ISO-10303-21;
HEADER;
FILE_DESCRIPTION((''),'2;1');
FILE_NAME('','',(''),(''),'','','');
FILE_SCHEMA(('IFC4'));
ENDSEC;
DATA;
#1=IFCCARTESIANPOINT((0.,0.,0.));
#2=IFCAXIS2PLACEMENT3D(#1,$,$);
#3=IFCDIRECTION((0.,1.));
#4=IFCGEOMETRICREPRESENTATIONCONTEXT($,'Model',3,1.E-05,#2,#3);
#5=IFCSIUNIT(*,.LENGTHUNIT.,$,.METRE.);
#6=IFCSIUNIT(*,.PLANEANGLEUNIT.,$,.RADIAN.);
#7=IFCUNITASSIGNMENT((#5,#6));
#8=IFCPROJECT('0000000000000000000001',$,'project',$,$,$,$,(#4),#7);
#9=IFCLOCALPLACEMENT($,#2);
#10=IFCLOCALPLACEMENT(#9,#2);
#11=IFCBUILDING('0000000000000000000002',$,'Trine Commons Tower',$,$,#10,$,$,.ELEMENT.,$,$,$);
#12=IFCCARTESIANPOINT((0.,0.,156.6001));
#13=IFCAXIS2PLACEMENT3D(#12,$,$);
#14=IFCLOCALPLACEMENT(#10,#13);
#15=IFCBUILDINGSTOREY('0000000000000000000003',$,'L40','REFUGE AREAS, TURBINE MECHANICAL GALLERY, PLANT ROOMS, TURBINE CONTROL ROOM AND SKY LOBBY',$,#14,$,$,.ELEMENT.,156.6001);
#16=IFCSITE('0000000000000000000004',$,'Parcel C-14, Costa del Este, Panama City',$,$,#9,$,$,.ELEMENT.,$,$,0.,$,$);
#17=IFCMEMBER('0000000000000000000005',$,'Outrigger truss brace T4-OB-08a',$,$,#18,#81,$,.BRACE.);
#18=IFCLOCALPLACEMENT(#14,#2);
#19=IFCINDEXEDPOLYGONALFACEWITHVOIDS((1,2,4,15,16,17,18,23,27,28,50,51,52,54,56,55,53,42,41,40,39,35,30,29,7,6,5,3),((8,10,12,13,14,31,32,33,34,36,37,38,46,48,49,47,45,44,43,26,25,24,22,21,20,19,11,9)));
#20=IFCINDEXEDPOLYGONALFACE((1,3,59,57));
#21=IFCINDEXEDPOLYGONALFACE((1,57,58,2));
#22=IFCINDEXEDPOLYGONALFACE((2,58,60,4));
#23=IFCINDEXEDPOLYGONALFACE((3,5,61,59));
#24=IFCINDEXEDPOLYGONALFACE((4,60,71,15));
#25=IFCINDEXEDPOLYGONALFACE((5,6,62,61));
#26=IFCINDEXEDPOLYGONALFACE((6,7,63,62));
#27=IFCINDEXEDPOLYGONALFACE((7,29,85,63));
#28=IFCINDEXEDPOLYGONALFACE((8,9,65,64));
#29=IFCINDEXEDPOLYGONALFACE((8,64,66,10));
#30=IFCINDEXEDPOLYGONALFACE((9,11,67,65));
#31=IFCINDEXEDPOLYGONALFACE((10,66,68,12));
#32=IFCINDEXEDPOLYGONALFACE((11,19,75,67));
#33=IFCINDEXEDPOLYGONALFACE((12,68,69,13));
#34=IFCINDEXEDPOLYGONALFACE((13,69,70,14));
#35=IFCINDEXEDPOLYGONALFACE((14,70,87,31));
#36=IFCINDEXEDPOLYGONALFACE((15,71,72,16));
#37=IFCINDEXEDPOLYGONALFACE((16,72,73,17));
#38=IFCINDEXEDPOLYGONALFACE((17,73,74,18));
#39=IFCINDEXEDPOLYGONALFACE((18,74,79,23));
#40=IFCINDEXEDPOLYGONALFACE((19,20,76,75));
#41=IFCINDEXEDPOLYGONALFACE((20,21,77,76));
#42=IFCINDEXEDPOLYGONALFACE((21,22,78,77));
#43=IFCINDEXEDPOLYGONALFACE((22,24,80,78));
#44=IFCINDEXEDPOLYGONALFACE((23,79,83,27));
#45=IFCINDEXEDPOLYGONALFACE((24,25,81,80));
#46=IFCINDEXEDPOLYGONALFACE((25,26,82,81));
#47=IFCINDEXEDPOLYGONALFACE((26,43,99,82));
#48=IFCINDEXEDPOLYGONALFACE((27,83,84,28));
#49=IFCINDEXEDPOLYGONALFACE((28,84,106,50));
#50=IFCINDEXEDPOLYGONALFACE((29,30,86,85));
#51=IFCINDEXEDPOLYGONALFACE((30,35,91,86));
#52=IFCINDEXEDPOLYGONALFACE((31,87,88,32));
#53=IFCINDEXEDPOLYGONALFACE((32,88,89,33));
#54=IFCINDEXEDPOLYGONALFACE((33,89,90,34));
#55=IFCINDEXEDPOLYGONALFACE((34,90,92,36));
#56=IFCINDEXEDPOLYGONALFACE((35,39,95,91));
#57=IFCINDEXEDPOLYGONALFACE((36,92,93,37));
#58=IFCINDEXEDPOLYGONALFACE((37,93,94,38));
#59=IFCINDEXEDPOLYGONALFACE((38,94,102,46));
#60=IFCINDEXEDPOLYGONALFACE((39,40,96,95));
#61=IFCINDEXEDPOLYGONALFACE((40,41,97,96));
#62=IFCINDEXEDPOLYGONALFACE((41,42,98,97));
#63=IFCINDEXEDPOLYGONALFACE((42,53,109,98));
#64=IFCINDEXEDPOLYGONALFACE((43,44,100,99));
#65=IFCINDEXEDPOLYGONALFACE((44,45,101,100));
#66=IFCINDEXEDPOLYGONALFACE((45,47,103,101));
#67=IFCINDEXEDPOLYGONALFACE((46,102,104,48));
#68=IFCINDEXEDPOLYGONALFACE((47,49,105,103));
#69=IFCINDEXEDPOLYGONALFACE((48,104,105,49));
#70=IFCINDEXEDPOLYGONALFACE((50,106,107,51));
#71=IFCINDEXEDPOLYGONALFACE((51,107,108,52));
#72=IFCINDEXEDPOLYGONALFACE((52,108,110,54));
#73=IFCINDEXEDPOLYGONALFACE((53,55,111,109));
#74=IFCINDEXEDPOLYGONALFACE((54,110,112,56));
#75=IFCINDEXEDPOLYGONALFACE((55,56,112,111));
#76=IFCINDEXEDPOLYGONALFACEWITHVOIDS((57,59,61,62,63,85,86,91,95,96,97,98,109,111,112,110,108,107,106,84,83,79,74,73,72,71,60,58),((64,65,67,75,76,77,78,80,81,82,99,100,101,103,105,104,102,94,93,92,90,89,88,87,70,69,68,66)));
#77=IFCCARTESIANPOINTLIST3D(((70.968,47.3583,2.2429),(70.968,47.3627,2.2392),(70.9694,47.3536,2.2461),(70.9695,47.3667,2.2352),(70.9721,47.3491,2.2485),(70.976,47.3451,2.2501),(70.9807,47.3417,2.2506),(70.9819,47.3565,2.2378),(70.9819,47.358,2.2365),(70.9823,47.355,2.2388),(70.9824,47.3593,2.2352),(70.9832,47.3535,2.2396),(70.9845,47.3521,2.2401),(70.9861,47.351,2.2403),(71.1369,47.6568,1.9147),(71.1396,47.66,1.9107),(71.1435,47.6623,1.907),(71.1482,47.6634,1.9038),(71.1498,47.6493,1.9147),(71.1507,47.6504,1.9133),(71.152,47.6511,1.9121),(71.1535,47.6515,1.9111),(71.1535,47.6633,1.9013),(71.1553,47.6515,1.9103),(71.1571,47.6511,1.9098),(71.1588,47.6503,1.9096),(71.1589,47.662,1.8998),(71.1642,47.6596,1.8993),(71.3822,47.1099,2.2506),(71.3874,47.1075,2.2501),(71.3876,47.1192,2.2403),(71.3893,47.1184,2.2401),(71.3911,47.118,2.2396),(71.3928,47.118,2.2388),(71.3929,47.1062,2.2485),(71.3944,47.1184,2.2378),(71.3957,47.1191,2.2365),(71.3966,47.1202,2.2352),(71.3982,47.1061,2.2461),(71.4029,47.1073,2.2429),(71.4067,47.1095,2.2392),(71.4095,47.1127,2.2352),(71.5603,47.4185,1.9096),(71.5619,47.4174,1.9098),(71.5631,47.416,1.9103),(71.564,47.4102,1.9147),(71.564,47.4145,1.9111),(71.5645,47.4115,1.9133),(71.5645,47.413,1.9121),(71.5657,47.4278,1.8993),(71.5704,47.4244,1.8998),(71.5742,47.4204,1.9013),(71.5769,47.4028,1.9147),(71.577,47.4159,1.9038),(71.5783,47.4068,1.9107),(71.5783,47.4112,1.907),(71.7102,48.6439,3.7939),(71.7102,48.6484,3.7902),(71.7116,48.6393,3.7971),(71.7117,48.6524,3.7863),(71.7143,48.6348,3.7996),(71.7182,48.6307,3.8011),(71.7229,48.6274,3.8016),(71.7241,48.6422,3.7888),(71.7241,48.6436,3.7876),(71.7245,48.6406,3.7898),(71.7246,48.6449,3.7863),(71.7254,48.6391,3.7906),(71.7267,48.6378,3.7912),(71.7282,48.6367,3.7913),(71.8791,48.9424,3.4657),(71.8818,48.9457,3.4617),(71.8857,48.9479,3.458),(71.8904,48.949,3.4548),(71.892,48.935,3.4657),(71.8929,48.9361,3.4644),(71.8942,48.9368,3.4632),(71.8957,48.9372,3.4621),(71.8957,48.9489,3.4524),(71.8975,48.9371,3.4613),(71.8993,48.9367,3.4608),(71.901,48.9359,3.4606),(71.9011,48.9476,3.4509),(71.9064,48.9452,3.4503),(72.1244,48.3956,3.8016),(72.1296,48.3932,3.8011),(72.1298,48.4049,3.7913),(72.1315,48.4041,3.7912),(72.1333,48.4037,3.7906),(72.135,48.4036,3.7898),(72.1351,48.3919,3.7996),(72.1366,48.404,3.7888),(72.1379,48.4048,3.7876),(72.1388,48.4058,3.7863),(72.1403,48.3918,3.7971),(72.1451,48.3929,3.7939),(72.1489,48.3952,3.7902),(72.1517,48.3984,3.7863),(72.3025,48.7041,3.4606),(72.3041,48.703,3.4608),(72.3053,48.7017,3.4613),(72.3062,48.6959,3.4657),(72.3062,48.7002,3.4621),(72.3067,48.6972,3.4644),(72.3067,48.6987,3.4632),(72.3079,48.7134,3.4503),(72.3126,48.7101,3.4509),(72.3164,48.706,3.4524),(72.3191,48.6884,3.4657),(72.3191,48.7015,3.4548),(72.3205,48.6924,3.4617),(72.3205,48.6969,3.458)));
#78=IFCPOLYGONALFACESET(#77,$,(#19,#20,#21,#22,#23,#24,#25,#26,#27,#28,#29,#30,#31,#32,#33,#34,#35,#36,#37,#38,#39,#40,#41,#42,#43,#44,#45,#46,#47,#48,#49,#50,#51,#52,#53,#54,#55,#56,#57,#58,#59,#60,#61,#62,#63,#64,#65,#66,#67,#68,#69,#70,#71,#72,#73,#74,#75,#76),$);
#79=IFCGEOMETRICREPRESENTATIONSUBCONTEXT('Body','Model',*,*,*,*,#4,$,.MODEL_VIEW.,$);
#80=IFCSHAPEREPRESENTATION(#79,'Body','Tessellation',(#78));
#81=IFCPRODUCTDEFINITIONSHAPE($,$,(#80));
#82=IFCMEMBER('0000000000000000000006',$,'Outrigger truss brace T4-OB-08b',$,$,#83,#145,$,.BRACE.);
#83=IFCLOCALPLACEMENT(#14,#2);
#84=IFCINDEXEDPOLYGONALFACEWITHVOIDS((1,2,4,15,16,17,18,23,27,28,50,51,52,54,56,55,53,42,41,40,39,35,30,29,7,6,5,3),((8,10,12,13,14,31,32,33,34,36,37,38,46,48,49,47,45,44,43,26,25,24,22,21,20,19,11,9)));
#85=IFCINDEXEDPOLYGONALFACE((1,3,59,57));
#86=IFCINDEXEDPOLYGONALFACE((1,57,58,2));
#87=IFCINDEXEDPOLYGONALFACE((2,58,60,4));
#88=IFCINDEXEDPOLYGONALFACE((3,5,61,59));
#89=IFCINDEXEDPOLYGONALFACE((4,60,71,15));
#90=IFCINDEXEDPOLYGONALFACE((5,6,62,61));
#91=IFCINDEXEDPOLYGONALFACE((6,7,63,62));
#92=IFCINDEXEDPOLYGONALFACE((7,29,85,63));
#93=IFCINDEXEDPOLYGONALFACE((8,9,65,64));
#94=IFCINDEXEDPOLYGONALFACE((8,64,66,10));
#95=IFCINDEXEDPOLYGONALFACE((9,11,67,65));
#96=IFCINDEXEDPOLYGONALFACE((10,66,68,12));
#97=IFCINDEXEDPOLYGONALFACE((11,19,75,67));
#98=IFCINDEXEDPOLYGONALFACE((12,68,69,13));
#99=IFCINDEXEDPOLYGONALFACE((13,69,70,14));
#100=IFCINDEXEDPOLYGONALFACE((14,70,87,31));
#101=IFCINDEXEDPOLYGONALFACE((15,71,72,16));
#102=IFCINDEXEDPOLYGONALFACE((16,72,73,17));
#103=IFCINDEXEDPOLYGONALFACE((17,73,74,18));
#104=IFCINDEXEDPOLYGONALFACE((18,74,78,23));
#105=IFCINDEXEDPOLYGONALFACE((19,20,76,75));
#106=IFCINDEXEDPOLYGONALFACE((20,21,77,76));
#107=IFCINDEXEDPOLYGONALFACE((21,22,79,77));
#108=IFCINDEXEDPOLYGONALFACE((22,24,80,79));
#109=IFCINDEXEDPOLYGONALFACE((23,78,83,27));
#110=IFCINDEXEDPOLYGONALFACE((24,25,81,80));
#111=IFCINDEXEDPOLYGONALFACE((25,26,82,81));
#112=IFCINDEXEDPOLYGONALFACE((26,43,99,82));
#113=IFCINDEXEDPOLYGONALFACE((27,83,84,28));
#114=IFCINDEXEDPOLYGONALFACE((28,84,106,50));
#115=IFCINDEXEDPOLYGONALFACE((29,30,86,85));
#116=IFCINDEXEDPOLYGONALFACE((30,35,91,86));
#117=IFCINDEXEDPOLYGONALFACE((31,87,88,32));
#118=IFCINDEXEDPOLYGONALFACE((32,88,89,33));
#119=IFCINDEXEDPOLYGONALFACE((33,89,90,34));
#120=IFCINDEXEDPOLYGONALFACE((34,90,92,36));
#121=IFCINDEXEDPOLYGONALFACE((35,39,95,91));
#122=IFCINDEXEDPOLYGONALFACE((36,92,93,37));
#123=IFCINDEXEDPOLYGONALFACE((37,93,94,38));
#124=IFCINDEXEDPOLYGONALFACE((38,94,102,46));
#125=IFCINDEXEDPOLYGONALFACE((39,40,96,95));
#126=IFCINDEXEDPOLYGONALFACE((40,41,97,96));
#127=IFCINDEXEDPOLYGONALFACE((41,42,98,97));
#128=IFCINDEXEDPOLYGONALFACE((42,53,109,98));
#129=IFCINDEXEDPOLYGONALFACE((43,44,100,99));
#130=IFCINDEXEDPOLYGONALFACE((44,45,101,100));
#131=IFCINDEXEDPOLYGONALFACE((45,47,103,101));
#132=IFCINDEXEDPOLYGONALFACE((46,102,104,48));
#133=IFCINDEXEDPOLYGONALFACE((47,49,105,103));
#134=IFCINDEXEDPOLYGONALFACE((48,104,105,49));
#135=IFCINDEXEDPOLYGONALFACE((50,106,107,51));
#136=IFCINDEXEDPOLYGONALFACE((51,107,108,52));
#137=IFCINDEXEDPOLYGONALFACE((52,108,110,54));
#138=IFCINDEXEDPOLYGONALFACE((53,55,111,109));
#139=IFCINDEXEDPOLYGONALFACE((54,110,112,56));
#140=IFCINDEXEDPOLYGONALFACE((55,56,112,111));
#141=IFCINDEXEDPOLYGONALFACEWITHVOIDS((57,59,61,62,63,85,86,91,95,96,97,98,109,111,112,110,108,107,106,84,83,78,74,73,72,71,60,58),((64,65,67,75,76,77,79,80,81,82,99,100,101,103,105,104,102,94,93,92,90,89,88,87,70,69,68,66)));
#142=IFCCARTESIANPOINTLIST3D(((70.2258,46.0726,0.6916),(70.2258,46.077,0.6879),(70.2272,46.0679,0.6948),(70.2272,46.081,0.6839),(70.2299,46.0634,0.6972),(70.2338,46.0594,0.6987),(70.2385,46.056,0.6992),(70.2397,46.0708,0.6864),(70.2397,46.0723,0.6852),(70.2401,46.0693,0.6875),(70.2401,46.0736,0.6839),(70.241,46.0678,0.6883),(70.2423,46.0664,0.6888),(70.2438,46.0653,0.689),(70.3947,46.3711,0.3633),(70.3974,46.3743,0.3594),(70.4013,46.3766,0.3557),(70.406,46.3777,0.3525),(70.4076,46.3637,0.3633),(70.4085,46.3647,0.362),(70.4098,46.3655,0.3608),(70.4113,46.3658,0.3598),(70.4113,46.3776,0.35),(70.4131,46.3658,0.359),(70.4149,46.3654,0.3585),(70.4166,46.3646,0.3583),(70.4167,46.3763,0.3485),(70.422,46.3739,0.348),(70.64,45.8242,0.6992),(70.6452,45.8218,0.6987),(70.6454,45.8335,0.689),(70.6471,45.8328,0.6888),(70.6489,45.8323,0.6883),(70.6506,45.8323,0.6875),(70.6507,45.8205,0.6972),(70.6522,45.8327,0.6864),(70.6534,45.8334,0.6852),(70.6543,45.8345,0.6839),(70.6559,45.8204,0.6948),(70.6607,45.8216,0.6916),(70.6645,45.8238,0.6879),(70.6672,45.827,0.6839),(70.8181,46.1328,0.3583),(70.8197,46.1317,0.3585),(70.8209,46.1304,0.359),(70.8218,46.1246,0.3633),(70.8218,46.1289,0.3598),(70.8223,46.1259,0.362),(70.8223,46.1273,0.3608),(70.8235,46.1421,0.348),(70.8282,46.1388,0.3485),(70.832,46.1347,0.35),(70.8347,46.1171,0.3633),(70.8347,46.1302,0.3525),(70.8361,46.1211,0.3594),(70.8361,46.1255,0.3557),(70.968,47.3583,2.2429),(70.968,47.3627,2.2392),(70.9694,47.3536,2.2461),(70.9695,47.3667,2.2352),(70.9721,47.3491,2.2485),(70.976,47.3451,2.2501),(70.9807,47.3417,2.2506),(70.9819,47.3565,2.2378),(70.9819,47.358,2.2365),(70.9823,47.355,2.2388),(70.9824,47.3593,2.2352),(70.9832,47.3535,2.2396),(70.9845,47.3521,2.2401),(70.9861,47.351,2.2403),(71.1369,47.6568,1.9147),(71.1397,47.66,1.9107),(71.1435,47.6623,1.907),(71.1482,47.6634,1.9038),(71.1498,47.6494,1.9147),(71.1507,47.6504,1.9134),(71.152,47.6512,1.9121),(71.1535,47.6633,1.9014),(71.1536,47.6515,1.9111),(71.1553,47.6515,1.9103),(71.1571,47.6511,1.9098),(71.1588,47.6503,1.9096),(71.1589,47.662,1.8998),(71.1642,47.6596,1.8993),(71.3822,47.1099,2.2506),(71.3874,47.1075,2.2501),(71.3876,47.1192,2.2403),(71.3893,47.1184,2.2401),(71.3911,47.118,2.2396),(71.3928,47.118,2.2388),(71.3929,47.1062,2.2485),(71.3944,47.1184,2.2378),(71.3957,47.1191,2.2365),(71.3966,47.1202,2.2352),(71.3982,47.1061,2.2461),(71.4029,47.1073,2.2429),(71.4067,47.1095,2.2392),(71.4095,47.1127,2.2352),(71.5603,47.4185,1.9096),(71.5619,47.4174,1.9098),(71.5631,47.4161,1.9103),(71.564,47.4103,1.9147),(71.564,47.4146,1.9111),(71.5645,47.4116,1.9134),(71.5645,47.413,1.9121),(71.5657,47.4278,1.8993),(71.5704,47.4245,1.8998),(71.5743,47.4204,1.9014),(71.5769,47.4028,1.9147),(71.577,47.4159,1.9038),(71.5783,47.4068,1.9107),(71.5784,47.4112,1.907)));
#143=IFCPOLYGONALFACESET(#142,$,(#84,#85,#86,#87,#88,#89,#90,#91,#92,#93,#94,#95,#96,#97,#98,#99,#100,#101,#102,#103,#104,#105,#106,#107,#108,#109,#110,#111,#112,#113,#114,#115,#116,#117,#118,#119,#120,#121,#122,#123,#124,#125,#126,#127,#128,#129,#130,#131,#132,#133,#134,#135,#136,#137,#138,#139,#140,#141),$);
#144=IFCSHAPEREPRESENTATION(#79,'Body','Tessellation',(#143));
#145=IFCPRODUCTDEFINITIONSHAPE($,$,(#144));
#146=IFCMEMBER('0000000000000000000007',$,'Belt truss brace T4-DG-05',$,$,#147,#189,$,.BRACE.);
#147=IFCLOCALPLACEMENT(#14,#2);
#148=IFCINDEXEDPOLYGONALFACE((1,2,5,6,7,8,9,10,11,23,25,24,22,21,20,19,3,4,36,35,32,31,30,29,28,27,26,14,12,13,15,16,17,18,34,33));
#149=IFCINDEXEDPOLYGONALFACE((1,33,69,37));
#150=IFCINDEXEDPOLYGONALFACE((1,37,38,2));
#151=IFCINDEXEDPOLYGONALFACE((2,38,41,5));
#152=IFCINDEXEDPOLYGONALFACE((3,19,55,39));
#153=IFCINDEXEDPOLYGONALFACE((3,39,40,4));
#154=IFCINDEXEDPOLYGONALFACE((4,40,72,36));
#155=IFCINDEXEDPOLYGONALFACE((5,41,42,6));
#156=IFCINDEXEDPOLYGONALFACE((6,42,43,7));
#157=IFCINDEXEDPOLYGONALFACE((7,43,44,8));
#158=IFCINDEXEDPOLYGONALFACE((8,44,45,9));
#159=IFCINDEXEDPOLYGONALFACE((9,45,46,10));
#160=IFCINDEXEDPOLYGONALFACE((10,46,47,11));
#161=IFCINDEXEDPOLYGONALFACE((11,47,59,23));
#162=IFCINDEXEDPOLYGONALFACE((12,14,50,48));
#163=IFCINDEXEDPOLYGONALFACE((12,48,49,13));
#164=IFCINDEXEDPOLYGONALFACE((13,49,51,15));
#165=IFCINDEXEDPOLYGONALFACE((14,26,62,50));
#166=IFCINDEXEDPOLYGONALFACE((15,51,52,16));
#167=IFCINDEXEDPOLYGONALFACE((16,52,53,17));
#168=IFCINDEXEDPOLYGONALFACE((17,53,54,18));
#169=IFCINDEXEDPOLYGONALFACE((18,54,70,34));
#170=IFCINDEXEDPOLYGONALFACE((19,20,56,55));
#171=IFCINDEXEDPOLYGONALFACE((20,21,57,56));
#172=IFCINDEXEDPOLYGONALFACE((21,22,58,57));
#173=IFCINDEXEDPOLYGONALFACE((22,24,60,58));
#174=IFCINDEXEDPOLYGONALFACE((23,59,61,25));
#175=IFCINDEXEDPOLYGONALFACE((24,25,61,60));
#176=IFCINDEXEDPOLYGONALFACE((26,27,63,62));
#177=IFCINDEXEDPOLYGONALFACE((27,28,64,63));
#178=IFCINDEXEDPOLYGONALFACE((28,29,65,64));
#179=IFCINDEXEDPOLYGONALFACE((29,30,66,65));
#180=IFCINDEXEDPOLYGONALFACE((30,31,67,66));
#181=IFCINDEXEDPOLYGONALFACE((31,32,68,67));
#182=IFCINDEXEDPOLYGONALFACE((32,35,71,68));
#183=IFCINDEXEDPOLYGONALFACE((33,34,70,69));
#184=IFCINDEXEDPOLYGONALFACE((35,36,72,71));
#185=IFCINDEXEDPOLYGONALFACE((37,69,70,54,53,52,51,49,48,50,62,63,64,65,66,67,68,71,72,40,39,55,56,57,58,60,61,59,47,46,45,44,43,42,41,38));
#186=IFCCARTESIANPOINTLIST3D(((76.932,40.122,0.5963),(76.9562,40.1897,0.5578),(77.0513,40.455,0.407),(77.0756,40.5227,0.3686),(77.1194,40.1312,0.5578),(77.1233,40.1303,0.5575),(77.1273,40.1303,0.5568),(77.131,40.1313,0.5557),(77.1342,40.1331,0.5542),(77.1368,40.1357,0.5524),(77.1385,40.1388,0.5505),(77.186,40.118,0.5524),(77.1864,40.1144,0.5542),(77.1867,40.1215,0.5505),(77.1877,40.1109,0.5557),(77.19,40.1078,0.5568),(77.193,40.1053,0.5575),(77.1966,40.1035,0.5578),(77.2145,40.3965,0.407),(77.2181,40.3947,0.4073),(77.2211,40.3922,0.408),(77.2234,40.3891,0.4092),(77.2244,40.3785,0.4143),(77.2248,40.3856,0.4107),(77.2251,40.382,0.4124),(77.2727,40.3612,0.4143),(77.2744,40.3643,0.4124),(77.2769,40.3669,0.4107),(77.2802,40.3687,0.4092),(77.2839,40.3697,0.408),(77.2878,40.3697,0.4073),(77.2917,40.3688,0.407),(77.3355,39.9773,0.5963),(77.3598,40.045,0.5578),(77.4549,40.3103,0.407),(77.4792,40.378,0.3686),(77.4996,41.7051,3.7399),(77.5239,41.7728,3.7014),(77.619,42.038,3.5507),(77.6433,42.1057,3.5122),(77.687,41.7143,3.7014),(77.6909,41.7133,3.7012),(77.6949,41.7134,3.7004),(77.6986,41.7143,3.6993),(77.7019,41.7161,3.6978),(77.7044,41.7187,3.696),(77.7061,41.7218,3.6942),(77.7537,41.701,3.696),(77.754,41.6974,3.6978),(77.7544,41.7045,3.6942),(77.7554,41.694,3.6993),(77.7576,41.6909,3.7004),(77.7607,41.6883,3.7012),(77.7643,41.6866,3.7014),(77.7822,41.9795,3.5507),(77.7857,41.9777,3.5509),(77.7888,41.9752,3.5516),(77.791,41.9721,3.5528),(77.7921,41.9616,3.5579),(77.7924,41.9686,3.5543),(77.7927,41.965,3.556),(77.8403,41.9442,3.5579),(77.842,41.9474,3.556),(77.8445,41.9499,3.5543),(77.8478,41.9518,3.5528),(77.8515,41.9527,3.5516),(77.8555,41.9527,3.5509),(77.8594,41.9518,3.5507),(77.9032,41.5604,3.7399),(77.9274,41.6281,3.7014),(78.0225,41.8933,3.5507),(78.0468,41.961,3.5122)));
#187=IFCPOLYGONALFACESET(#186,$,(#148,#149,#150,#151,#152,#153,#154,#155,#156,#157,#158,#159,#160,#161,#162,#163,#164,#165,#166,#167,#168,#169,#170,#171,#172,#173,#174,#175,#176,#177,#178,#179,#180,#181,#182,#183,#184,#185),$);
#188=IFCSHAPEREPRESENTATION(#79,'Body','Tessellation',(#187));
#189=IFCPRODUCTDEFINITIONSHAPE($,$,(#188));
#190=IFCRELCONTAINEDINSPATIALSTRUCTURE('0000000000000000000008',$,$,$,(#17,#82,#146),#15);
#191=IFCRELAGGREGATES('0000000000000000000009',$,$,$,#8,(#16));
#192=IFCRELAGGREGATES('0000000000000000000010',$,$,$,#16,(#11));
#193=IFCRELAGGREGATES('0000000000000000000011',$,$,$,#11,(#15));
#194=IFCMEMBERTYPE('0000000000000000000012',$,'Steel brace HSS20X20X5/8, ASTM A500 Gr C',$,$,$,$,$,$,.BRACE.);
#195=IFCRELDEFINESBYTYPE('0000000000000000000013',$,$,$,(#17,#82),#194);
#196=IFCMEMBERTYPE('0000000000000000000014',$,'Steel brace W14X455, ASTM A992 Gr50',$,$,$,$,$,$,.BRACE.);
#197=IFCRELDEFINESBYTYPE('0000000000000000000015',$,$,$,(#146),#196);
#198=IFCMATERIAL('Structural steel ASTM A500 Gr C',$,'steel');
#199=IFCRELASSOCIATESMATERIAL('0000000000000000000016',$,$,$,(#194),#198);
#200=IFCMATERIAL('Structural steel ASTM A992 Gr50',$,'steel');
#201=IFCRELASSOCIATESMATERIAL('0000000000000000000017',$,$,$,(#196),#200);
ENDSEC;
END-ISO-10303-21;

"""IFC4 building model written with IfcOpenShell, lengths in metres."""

from ifc_helpers import new_model, si_unit, direction, frame, origin, origin_2d, place, context, subcontext, project, spatial, hollow_rectangle, i_section, extrude, material, material_profile, profile_set, type_object, element, save


model = new_model("IFC4")

# Units and contexts
model_context = context("Model", 3, precision=1e-05, world=origin(), true_north=direction((0.0, 1.0)))
body_context = subcontext(model_context, "Body", "Model", "MODEL_VIEW")
ifc_project = project(units=[si_unit("LENGTHUNIT", "METRE"), si_unit("PLANEANGLEUNIT", "RADIAN")], contexts=[model_context])

# Site, building, storey
site_placement = place(None, origin())
site = spatial("IfcSite", under=ifc_project, at=site_placement, Name="Parcel C-14, Costa del Este, Panama City", CompositionType="ELEMENT", RefElevation=0.0)
building_placement = place(site_placement, origin())
building = spatial("IfcBuilding", under=site, at=building_placement, Name="Trine Commons Tower", CompositionType="ELEMENT")
storey_placement = place(building_placement, frame((0.0, 0.0, 156.6001)))
storey = spatial("IfcBuildingStorey", under=building, at=storey_placement, Name="L40", Description="REFUGE AREAS, TURBINE MECHANICAL GALLERY, PLANT ROOMS, TURBINE CONTROL ROOM AND SKY LOBBY", CompositionType="ELEMENT", Elevation=156.6001)

# Members
ifc_material_1 = material(Name="Structural steel ASTM A500 Gr C", Category="steel")
ifc_material_profile_1 = material_profile(ifc_material_1, hollow_rectangle(XDim=0.5081, YDim=0.5081, WallThickness=0.0149, InnerFilletRadius=0.0073, OuterFilletRadius=0.0222, at=origin_2d()), Name="HSS20X20X5/8")
ifc_profile_set_1 = profile_set([ifc_material_profile_1], Name="Structural steel ASTM A500 Gr C")
member_type_1 = type_object("IfcMemberType", Name="Steel brace HSS20X20X5/8, ASTM A500 Gr C", PredefinedType="BRACE", material=ifc_profile_set_1)
member_1_placement = place(storey_placement, frame((72.0154, 48.6704, 3.626), z_axis=(-0.345694, -0.598823, -0.722431), x_axis=(0.866049, -0.49996, 0.0)))
element("IfcMember", 1, at=member_1_placement, inside=storey, type_object=member_type_1, Name="Outrigger truss brace T4-OB-08a", PredefinedType="BRACE", context=body_context, shape_type="SweptSolid", body=[
    extrude(hollow_rectangle(XDim=0.5081, YDim=0.5081, WallThickness=0.0149, InnerFilletRadius=0.0073, OuterFilletRadius=0.0222, at=origin_2d()), origin(), (0.0, 0.0, 1.0), 2.147),
])
member_2_placement = place(storey_placement, frame((71.2732, 47.3848, 2.075), z_axis=(-0.345665, -0.598774, -0.722486), x_axis=(0.866049, -0.49996, 0.0)))
element("IfcMember", 2, at=member_2_placement, inside=storey, type_object=member_type_1, Name="Outrigger truss brace T4-OB-08b", PredefinedType="BRACE", context=body_context, shape_type="SweptSolid", body=[
    extrude(hollow_rectangle(XDim=0.5081, YDim=0.5081, WallThickness=0.0149, InnerFilletRadius=0.0073, OuterFilletRadius=0.0222, at=origin_2d()), origin(), (0.0, 0.0, 1.0), 2.1472),
])
ifc_material_2 = material(Name="Structural steel ASTM A992 Gr50", Category="steel")
ifc_material_profile_2 = material_profile(ifc_material_2, i_section(OverallWidth=0.4287, OverallDepth=0.4827, WebThickness=0.0513, FlangeThickness=0.0815, FilletRadius=0.0154, at=origin_2d()), Name="W14X455")
ifc_profile_set_2 = profile_set([ifc_material_profile_2], Name="Structural steel ASTM A992 Gr50")
member_type_2 = type_object("IfcMemberType", Name="Steel brace W14X455, ASTM A992 Gr50", PredefinedType="BRACE", material=ifc_profile_set_2)
member_3_placement = place(storey_placement, frame((77.2056, 40.25, 0.4824), z_axis=(0.159217, 0.444027, 0.881754), x_axis=(-0.941314, 0.337532, 0.0)))
element("IfcMember", 3, at=member_3_placement, inside=storey, type_object=member_type_2, Name="Belt truss brace T4-DG-05", PredefinedType="BRACE", context=body_context, shape_type="SweptSolid", body=[
    extrude(i_section(OverallWidth=0.4287, OverallDepth=0.4827, WebThickness=0.0513, FlangeThickness=0.0815, FilletRadius=0.0154, at=origin_2d()), origin(), (0.0, 0.0, 1.0), 3.5652),
])

save(model, "model.ifc")
